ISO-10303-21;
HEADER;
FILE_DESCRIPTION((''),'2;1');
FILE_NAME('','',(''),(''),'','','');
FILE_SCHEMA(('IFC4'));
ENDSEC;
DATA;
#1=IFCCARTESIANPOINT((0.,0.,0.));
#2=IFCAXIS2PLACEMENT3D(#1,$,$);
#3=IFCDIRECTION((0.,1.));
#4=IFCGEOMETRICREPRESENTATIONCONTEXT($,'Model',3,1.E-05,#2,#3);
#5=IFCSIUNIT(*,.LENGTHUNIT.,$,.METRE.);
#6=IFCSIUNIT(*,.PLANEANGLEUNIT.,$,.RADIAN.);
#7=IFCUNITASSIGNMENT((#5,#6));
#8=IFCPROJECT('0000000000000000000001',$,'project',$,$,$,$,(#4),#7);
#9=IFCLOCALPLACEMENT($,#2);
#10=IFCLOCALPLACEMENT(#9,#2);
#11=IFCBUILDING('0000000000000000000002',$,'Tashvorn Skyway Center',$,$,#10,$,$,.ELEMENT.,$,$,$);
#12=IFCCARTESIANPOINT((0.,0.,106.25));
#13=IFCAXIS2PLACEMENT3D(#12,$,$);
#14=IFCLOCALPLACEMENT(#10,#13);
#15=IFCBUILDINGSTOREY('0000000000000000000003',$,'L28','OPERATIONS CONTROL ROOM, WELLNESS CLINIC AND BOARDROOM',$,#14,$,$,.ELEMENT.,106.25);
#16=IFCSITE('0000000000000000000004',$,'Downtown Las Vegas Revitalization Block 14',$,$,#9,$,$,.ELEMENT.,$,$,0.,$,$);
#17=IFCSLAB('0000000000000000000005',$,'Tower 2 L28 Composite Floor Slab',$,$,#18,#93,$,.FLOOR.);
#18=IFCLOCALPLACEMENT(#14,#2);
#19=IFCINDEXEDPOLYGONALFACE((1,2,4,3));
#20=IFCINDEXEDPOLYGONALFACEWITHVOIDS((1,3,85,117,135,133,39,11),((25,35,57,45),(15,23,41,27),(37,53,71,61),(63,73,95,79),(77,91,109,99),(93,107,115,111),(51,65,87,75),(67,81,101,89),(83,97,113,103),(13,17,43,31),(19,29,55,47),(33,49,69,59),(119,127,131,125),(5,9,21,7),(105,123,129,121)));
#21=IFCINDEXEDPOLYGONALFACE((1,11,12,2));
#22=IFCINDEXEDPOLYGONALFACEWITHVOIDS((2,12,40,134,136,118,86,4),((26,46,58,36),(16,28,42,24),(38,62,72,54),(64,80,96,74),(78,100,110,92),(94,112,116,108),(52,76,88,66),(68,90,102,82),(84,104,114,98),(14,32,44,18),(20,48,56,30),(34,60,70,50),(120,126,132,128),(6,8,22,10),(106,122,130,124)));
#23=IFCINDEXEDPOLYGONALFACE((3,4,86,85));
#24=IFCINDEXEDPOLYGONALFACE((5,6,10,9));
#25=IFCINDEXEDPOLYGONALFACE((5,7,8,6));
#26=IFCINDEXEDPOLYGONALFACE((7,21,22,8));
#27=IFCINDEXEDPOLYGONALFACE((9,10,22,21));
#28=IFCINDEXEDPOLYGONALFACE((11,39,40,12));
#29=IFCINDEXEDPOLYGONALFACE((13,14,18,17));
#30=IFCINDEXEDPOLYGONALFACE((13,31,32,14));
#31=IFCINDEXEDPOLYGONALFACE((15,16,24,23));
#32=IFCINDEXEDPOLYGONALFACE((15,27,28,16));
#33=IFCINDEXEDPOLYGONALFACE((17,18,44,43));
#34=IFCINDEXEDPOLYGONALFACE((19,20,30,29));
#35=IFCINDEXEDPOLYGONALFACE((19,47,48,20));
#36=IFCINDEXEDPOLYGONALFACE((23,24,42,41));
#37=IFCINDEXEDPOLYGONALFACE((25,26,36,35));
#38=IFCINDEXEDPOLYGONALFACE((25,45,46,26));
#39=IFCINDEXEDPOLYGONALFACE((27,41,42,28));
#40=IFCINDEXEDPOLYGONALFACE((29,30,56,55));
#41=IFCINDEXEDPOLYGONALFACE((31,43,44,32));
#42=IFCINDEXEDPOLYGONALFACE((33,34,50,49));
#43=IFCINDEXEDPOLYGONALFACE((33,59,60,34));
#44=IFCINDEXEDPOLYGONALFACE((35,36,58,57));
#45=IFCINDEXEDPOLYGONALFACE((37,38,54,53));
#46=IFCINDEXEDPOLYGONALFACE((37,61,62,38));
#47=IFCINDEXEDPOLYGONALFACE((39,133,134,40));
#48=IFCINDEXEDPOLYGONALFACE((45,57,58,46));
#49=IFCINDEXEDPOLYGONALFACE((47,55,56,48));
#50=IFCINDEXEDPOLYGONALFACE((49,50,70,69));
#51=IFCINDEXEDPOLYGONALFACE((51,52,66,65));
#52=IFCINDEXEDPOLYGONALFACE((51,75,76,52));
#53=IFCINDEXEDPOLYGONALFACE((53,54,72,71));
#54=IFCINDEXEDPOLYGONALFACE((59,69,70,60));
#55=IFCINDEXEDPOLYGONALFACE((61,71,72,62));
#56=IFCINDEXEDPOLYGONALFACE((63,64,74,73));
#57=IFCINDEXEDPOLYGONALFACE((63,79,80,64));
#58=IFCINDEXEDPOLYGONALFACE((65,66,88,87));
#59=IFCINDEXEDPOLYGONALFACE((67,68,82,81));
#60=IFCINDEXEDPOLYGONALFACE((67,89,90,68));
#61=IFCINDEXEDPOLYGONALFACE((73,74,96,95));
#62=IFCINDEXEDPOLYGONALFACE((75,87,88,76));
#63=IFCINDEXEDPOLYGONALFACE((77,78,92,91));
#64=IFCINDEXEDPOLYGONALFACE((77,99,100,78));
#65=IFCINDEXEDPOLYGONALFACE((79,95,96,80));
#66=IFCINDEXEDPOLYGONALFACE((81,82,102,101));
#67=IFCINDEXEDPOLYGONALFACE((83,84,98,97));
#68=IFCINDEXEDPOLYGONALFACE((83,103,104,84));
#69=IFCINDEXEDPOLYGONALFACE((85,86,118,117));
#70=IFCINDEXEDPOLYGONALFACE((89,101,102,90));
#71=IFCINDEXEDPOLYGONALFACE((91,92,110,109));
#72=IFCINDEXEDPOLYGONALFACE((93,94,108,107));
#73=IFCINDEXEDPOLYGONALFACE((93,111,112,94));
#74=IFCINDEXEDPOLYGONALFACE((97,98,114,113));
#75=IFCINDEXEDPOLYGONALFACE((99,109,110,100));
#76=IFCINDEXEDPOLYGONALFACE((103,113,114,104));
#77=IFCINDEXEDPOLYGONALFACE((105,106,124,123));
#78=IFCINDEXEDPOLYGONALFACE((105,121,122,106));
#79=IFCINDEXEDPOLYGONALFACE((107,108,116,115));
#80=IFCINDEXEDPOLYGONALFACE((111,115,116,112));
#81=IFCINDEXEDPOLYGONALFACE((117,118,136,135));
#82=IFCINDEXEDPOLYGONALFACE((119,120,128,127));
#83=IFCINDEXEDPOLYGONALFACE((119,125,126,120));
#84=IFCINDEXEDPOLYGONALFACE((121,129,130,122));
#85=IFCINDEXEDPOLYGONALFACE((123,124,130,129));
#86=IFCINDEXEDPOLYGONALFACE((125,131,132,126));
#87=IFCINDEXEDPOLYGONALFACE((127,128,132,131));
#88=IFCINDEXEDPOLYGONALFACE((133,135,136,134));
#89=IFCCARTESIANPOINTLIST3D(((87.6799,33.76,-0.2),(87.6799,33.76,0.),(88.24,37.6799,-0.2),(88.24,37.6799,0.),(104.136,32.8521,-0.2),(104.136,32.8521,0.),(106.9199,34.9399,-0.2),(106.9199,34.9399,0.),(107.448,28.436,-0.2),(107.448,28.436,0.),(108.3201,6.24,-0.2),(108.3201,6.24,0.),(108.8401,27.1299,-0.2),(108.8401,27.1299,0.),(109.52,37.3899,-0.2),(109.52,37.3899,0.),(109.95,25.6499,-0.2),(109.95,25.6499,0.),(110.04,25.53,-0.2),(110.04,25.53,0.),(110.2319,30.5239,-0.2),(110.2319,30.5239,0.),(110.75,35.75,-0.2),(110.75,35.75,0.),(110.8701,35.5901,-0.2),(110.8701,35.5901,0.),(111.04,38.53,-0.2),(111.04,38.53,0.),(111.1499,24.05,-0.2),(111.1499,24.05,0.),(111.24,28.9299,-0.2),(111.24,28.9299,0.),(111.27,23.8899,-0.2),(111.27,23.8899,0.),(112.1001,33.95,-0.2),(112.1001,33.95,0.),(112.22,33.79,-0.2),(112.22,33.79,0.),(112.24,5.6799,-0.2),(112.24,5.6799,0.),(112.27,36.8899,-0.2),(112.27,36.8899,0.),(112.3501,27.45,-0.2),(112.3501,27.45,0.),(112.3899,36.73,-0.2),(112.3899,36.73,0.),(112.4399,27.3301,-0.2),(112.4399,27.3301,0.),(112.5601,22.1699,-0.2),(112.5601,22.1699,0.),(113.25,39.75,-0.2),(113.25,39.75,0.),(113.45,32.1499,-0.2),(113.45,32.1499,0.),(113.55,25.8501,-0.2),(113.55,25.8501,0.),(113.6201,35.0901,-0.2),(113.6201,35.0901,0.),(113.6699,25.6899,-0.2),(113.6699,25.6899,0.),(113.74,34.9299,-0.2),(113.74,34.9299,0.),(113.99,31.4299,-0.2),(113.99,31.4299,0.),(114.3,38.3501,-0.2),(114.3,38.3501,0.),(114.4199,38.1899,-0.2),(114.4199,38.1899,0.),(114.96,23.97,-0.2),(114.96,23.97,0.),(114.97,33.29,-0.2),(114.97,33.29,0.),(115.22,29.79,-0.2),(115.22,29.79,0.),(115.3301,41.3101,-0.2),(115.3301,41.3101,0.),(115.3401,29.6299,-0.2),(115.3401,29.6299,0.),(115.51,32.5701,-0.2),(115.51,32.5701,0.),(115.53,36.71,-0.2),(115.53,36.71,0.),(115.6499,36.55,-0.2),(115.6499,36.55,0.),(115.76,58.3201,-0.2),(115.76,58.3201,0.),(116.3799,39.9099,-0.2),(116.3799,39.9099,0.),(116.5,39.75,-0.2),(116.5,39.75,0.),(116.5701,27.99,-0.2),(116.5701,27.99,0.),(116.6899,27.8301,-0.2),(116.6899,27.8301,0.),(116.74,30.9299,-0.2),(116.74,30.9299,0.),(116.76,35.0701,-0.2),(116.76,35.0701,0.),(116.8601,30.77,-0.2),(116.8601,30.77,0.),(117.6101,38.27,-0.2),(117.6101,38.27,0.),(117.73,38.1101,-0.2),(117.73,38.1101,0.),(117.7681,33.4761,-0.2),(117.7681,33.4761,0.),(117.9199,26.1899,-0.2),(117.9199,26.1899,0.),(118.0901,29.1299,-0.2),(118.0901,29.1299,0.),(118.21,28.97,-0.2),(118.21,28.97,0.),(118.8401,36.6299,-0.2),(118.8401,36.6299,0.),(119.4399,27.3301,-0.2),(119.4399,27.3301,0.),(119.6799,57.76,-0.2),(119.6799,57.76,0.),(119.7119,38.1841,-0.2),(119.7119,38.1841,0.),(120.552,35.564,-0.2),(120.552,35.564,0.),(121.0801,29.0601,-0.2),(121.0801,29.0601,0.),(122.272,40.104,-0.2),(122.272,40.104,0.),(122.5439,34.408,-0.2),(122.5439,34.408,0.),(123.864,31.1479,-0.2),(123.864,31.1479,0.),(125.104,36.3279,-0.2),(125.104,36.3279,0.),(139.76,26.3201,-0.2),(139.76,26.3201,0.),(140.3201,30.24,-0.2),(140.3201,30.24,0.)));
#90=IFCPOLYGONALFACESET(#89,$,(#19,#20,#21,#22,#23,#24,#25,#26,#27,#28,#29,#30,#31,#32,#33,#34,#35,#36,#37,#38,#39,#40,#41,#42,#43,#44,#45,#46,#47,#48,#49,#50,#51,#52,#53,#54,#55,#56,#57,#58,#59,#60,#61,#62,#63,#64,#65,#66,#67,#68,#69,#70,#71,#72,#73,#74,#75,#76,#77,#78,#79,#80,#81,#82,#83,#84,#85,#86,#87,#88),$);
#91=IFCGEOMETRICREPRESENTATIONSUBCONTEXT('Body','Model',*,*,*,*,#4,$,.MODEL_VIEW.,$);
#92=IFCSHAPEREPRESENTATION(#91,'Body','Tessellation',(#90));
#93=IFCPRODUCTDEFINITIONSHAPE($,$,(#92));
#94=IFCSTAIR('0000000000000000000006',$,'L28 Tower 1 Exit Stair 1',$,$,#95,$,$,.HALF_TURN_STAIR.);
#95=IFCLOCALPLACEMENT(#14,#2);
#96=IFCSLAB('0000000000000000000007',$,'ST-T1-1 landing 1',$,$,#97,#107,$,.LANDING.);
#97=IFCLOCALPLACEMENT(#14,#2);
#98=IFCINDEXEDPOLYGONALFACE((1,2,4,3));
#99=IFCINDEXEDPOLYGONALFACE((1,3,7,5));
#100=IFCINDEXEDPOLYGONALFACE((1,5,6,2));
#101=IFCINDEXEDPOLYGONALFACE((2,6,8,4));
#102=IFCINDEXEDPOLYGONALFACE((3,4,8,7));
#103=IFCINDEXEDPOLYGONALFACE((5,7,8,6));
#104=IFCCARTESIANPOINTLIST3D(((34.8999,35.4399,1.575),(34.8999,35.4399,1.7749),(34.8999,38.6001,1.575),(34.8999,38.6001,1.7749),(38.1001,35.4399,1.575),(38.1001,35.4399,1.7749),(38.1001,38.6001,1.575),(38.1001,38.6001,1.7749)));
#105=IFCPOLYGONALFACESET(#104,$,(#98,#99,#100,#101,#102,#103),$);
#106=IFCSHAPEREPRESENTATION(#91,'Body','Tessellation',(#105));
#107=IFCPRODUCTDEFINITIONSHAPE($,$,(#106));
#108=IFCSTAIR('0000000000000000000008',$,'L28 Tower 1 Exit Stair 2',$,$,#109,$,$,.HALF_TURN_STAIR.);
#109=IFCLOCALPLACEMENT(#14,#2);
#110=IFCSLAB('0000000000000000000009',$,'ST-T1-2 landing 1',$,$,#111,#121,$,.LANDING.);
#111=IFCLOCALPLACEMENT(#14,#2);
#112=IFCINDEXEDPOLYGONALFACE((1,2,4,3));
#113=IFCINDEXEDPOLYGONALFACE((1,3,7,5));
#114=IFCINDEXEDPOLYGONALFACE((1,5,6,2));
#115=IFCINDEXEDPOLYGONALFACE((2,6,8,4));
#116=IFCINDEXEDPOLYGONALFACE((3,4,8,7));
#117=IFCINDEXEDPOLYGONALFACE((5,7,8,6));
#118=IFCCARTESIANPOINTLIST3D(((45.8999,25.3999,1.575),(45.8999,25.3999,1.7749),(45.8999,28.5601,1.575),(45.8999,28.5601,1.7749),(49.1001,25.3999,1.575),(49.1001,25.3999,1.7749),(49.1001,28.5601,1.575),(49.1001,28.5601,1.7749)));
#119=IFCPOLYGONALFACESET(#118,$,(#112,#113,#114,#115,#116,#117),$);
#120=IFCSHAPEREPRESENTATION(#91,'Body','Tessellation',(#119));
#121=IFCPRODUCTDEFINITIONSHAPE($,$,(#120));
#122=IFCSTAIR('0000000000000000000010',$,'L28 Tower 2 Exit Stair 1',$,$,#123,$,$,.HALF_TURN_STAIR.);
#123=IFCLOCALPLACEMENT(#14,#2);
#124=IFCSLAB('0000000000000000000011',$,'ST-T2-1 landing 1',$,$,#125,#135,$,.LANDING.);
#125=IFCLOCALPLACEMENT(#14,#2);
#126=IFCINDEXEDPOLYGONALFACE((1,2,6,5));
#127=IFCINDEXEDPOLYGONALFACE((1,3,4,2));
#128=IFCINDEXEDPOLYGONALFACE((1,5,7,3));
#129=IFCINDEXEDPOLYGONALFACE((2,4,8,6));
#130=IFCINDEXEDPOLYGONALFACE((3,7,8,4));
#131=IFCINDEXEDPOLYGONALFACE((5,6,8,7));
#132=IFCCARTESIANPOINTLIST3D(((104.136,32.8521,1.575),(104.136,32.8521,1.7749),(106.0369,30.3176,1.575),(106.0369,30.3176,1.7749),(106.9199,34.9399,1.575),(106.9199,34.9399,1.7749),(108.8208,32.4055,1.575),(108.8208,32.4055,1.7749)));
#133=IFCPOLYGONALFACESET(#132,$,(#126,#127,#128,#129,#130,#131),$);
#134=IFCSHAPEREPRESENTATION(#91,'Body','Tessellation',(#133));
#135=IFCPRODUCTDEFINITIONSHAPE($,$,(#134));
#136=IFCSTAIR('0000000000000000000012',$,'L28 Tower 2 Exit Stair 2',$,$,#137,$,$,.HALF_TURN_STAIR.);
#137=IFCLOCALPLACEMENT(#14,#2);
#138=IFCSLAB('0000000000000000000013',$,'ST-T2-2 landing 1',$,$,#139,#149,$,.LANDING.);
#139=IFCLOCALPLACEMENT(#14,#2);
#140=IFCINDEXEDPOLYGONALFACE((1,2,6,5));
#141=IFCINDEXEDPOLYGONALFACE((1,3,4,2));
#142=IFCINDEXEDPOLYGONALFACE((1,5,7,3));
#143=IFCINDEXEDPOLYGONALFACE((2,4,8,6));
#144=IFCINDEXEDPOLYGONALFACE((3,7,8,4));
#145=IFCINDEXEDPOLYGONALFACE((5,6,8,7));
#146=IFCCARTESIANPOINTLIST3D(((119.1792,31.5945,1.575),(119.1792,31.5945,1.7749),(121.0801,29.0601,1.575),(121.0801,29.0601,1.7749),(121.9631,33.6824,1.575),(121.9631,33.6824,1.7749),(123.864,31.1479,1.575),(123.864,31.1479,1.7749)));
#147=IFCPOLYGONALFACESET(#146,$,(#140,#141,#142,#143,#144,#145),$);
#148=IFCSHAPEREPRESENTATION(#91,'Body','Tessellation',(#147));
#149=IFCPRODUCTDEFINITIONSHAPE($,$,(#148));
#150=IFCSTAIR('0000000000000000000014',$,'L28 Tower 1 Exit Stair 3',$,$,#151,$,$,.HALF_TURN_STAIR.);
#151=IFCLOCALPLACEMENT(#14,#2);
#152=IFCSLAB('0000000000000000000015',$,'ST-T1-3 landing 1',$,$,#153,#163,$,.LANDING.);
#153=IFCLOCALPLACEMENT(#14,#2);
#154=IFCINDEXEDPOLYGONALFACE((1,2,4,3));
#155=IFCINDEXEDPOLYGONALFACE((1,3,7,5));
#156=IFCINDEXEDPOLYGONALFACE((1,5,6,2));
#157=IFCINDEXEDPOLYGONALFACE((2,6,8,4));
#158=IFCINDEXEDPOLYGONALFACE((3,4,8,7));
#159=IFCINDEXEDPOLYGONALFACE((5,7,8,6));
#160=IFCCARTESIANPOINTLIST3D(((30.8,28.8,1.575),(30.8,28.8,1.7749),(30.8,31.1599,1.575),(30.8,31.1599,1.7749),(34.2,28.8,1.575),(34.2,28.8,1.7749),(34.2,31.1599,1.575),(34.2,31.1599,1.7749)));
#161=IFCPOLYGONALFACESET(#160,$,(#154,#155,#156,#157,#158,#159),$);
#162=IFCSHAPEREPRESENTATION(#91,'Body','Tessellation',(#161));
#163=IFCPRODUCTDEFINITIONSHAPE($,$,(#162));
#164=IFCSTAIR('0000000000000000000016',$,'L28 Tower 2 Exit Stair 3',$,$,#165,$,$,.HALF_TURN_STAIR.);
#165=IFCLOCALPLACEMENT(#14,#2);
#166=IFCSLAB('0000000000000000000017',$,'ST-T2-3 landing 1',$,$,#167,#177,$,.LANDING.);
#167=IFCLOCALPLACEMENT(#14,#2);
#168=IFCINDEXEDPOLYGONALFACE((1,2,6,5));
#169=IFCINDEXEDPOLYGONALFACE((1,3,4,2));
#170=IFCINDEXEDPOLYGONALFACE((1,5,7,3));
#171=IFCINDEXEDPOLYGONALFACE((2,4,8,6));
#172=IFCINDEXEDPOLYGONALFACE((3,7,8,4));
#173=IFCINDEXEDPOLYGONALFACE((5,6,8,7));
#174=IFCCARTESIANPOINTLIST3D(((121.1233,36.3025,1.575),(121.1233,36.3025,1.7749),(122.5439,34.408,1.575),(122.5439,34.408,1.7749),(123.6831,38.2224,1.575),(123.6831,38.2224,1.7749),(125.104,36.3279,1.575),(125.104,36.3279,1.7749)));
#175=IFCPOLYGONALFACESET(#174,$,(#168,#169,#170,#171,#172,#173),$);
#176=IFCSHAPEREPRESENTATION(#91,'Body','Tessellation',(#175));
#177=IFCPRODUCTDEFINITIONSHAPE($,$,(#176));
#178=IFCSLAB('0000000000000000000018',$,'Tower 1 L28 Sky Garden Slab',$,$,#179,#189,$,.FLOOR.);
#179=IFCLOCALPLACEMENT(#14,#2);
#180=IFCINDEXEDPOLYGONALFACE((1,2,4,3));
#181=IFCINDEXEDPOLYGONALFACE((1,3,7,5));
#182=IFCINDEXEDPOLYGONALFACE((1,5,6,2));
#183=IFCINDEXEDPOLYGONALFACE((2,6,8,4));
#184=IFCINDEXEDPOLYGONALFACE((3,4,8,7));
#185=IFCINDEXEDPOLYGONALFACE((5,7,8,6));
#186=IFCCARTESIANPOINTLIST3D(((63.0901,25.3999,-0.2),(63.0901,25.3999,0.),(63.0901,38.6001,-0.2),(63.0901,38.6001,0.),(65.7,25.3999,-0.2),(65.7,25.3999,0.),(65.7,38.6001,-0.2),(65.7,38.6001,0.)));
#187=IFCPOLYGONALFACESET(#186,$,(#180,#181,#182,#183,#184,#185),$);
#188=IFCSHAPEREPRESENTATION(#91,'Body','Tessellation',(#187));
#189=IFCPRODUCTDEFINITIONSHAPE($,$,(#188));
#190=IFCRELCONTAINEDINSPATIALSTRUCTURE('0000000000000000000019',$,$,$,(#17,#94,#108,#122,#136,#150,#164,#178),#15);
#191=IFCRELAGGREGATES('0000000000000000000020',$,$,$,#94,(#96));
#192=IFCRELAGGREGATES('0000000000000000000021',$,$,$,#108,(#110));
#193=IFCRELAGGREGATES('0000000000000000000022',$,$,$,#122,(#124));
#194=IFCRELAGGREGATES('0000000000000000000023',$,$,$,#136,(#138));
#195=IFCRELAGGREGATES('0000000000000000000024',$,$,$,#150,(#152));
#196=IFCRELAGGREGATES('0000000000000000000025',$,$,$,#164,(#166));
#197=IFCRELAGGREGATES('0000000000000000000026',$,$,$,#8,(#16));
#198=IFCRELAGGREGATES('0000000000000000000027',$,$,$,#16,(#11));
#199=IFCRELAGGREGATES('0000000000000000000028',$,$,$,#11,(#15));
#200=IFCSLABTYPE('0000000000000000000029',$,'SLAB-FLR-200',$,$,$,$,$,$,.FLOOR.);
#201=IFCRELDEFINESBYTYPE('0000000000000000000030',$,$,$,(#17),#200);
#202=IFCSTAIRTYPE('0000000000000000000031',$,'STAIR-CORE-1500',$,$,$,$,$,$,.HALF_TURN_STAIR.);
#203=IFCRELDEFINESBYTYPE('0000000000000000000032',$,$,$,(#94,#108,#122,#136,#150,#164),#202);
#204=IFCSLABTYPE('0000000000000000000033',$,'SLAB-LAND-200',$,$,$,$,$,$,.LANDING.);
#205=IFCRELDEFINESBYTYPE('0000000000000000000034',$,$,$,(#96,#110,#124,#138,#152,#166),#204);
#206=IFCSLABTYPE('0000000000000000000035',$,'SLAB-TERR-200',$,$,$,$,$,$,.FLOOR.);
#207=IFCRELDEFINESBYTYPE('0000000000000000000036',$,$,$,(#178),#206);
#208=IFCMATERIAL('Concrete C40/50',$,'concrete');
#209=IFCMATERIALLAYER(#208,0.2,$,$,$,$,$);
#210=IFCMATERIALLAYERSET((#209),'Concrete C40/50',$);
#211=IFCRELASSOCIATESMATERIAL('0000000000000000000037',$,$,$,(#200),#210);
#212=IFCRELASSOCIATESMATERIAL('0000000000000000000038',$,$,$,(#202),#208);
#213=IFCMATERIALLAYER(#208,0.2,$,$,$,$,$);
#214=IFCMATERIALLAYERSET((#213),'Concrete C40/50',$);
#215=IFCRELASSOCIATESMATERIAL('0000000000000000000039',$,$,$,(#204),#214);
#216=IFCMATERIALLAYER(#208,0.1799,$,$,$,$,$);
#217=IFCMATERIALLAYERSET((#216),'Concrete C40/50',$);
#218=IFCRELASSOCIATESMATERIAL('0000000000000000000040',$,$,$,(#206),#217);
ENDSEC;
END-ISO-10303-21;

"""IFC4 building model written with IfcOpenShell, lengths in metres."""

from ifc_helpers import new_model, si_unit, direction, frame, origin, place, context, subcontext, project, spatial, polyline, outline, extrude, material, layer, layer_set, type_object, element, aggregate, save


model = new_model("IFC4")

# Units and contexts
model_context = context("Model", 3, precision=1e-05, world=origin(), true_north=direction((0.0, 1.0)))
body_context = subcontext(model_context, "Body", "Model", "MODEL_VIEW")
ifc_project = project(units=[si_unit("LENGTHUNIT", "METRE"), si_unit("PLANEANGLEUNIT", "RADIAN")], contexts=[model_context])

# Site, building, storey
site_placement = place(None, origin())
site = spatial("IfcSite", under=ifc_project, at=site_placement, Name="Downtown Las Vegas Revitalization Block 14", CompositionType="ELEMENT", RefElevation=0.0)
building_placement = place(site_placement, origin())
building = spatial("IfcBuilding", under=site, at=building_placement, Name="Tashvorn Skyway Center", CompositionType="ELEMENT")
storey_placement = place(building_placement, frame((0.0, 0.0, 106.25)))
storey = spatial("IfcBuildingStorey", under=building, at=storey_placement, Name="L28", Description="OPERATIONS CONTROL ROOM, WELLNESS CLINIC AND BOARDROOM", CompositionType="ELEMENT", Elevation=106.25)

# Slab
ifc_material_1 = material(Name="Concrete C40/50", Category="concrete")
ifc_layer_1 = layer(ifc_material_1, 0.2)
ifc_layer_set_1 = layer_set([ifc_layer_1], Name="Concrete C40/50")
slab_type_1 = type_object("IfcSlabType", Name="SLAB-FLR-200", PredefinedType="FLOOR", material=ifc_layer_set_1)
slab_1_placement = place(storey_placement, frame((0.0, 0.0, -0.2)))
element("IfcSlab", 1, at=slab_1_placement, inside=storey, type_object=slab_type_1, Name="Tower 2 L28 Composite Floor Slab", PredefinedType="FLOOR", context=body_context, shape_type="SweptSolid", body=[
    extrude(outline(polyline([(112.24, 5.6799), (139.76, 26.3201), (140.3201, 30.24), (119.6799, 57.76), (115.76, 58.3201), (88.24, 37.6799), (87.6799, 33.76), (108.3201, 6.24), (112.24, 5.6799)]), holes=[polyline([(110.2319, 30.5239), (106.9199, 34.9399), (104.136, 32.8521), (107.448, 28.436), (110.2319, 30.5239)]), polyline([(117.7681, 33.4761), (121.0801, 29.0601), (123.864, 31.1479), (120.552, 35.564), (117.7681, 33.4761)]), polyline([(119.7119, 38.1841), (122.5439, 34.408), (125.104, 36.3279), (122.272, 40.104), (119.7119, 38.1841)]), polyline([(109.95, 25.6499), (112.3501, 27.45), (111.24, 28.9299), (108.8401, 27.1299), (109.95, 25.6499)]), polyline([(111.1499, 24.05), (113.55, 25.8501), (112.4399, 27.3301), (110.04, 25.53), (111.1499, 24.05)]), polyline([(112.5601, 22.1699), (114.96, 23.97), (113.6699, 25.6899), (111.27, 23.8899), (112.5601, 22.1699)]), polyline([(117.9199, 26.1899), (119.4399, 27.3301), (118.21, 28.97), (116.6899, 27.8301), (117.9199, 26.1899)]), polyline([(116.5701, 27.99), (118.0901, 29.1299), (116.8601, 30.77), (115.3401, 29.6299), (116.5701, 27.99)]), polyline([(115.22, 29.79), (116.74, 30.9299), (115.51, 32.5701), (113.99, 31.4299), (115.22, 29.79)]), polyline([(113.45, 32.1499), (114.97, 33.29), (113.74, 34.9299), (112.22, 33.79), (113.45, 32.1499)]), polyline([(112.1001, 33.95), (113.6201, 35.0901), (112.3899, 36.73), (110.8701, 35.5901), (112.1001, 33.95)]), polyline([(110.75, 35.75), (112.27, 36.8899), (111.04, 38.53), (109.52, 37.3899), (110.75, 35.75)]), polyline([(116.76, 35.0701), (118.8401, 36.6299), (117.73, 38.1101), (115.6499, 36.55), (116.76, 35.0701)]), polyline([(115.53, 36.71), (117.6101, 38.27), (116.5, 39.75), (114.4199, 38.1899), (115.53, 36.71)]), polyline([(114.3, 38.3501), (116.3799, 39.9099), (115.3301, 41.3101), (113.25, 39.75), (114.3, 38.3501)])]), origin(), (0.0, 0.0, 1.0), 0.2),
])

# Stairs, slabs
stair_type = type_object("IfcStairType", Name="STAIR-CORE-1500", PredefinedType="HALF_TURN_STAIR", material=ifc_material_1)
stair_1_placement = place(storey_placement, origin())
stair_1 = element("IfcStair", 2, at=stair_1_placement, inside=storey, type_object=stair_type, Name="L28 Tower 1 Exit Stair 1", PredefinedType="HALF_TURN_STAIR")
ifc_layer_2 = layer(ifc_material_1, 0.2)
ifc_layer_set_2 = layer_set([ifc_layer_2], Name="Concrete C40/50")
slab_type_2 = type_object("IfcSlabType", Name="SLAB-LAND-200", PredefinedType="LANDING", material=ifc_layer_set_2)
slab_2_placement = place(storey_placement, frame((0.0, 0.0, 1.575)))
slab_2 = element("IfcSlab", 3, at=slab_2_placement, type_object=slab_type_2, Name="ST-T1-1 landing 1", PredefinedType="LANDING", context=body_context, shape_type="SweptSolid", body=[
    extrude(outline(polyline([(38.1001, 35.4399), (38.1001, 38.6001), (34.8999, 38.6001), (34.8999, 35.4399), (38.1001, 35.4399)])), origin(), (0.0, 0.0, 1.0), 0.2),
])
aggregate(stair_1, [slab_2])
stair_2_placement = place(storey_placement, origin())
stair_2 = element("IfcStair", 4, at=stair_2_placement, inside=storey, type_object=stair_type, Name="L28 Tower 1 Exit Stair 2", PredefinedType="HALF_TURN_STAIR")
slab_3_placement = place(storey_placement, frame((0.0, 0.0, 1.575)))
slab_3 = element("IfcSlab", 5, at=slab_3_placement, type_object=slab_type_2, Name="ST-T1-2 landing 1", PredefinedType="LANDING", context=body_context, shape_type="SweptSolid", body=[
    extrude(outline(polyline([(45.8999, 28.5601), (45.8999, 25.3999), (49.1001, 25.3999), (49.1001, 28.5601), (45.8999, 28.5601)])), origin(), (0.0, 0.0, 1.0), 0.2),
])
aggregate(stair_2, [slab_3])
stair_3_placement = place(storey_placement, origin())
stair_3 = element("IfcStair", 6, at=stair_3_placement, inside=storey, type_object=stair_type, Name="L28 Tower 2 Exit Stair 1", PredefinedType="HALF_TURN_STAIR")
slab_4_placement = place(storey_placement, frame((0.0, 0.0, 1.575)))
slab_4 = element("IfcSlab", 7, at=slab_4_placement, type_object=slab_type_2, Name="ST-T2-1 landing 1", PredefinedType="LANDING", context=body_context, shape_type="SweptSolid", body=[
    extrude(outline(polyline([(108.8208, 32.4055), (106.9199, 34.9399), (104.136, 32.8521), (106.0369, 30.3176), (108.8208, 32.4055)])), origin(), (0.0, 0.0, 1.0), 0.2),
])
aggregate(stair_3, [slab_4])
stair_4_placement = place(storey_placement, origin())
stair_4 = element("IfcStair", 8, at=stair_4_placement, inside=storey, type_object=stair_type, Name="L28 Tower 2 Exit Stair 2", PredefinedType="HALF_TURN_STAIR")
slab_5_placement = place(storey_placement, frame((0.0, 0.0, 1.575)))
slab_5 = element("IfcSlab", 9, at=slab_5_placement, type_object=slab_type_2, Name="ST-T2-2 landing 1", PredefinedType="LANDING", context=body_context, shape_type="SweptSolid", body=[
    extrude(outline(polyline([(119.1792, 31.5945), (121.0801, 29.0601), (123.864, 31.1479), (121.9631, 33.6824), (119.1792, 31.5945)])), origin(), (0.0, 0.0, 1.0), 0.2),
])
aggregate(stair_4, [slab_5])
stair_5_placement = place(storey_placement, origin())
stair_5 = element("IfcStair", 10, at=stair_5_placement, inside=storey, type_object=stair_type, Name="L28 Tower 1 Exit Stair 3", PredefinedType="HALF_TURN_STAIR")
slab_6_placement = place(storey_placement, frame((0.0, 0.0, 1.575)))
slab_6 = element("IfcSlab", 11, at=slab_6_placement, type_object=slab_type_2, Name="ST-T1-3 landing 1", PredefinedType="LANDING", context=body_context, shape_type="SweptSolid", body=[
    extrude(outline(polyline([(30.8, 31.1599), (30.8, 28.8), (34.2, 28.8), (34.2, 31.1599), (30.8, 31.1599)])), origin(), (0.0, 0.0, 1.0), 0.2),
])
aggregate(stair_5, [slab_6])
stair_6_placement = place(storey_placement, origin())
stair_6 = element("IfcStair", 12, at=stair_6_placement, inside=storey, type_object=stair_type, Name="L28 Tower 2 Exit Stair 3", PredefinedType="HALF_TURN_STAIR")
slab_7_placement = place(storey_placement, frame((0.0, 0.0, 1.575)))
slab_7 = element("IfcSlab", 13, at=slab_7_placement, type_object=slab_type_2, Name="ST-T2-3 landing 1", PredefinedType="LANDING", context=body_context, shape_type="SweptSolid", body=[
    extrude(outline(polyline([(121.1233, 36.3025), (122.5439, 34.408), (125.104, 36.3279), (123.6831, 38.2224), (121.1233, 36.3025)])), origin(), (0.0, 0.0, 1.0), 0.2),
])
aggregate(stair_6, [slab_7])

# Slab
ifc_layer_3 = layer(ifc_material_1, 0.1799)
ifc_layer_set_3 = layer_set([ifc_layer_3], Name="Concrete C40/50")
slab_type_3 = type_object("IfcSlabType", Name="SLAB-TERR-200", PredefinedType="FLOOR", material=ifc_layer_set_3)
slab_8_placement = place(storey_placement, frame((0.0, 0.0, -0.2)))
element("IfcSlab", 14, at=slab_8_placement, inside=storey, type_object=slab_type_3, Name="Tower 1 L28 Sky Garden Slab", PredefinedType="FLOOR", context=body_context, shape_type="SweptSolid", body=[
    extrude(outline(polyline([(63.0901, 25.3999), (65.7, 25.3999), (65.7, 38.6001), (63.0901, 38.6001), (63.0901, 25.3999)])), origin(), (0.0, 0.0, 1.0), 0.2),
])

save(model, "model.ifc")
